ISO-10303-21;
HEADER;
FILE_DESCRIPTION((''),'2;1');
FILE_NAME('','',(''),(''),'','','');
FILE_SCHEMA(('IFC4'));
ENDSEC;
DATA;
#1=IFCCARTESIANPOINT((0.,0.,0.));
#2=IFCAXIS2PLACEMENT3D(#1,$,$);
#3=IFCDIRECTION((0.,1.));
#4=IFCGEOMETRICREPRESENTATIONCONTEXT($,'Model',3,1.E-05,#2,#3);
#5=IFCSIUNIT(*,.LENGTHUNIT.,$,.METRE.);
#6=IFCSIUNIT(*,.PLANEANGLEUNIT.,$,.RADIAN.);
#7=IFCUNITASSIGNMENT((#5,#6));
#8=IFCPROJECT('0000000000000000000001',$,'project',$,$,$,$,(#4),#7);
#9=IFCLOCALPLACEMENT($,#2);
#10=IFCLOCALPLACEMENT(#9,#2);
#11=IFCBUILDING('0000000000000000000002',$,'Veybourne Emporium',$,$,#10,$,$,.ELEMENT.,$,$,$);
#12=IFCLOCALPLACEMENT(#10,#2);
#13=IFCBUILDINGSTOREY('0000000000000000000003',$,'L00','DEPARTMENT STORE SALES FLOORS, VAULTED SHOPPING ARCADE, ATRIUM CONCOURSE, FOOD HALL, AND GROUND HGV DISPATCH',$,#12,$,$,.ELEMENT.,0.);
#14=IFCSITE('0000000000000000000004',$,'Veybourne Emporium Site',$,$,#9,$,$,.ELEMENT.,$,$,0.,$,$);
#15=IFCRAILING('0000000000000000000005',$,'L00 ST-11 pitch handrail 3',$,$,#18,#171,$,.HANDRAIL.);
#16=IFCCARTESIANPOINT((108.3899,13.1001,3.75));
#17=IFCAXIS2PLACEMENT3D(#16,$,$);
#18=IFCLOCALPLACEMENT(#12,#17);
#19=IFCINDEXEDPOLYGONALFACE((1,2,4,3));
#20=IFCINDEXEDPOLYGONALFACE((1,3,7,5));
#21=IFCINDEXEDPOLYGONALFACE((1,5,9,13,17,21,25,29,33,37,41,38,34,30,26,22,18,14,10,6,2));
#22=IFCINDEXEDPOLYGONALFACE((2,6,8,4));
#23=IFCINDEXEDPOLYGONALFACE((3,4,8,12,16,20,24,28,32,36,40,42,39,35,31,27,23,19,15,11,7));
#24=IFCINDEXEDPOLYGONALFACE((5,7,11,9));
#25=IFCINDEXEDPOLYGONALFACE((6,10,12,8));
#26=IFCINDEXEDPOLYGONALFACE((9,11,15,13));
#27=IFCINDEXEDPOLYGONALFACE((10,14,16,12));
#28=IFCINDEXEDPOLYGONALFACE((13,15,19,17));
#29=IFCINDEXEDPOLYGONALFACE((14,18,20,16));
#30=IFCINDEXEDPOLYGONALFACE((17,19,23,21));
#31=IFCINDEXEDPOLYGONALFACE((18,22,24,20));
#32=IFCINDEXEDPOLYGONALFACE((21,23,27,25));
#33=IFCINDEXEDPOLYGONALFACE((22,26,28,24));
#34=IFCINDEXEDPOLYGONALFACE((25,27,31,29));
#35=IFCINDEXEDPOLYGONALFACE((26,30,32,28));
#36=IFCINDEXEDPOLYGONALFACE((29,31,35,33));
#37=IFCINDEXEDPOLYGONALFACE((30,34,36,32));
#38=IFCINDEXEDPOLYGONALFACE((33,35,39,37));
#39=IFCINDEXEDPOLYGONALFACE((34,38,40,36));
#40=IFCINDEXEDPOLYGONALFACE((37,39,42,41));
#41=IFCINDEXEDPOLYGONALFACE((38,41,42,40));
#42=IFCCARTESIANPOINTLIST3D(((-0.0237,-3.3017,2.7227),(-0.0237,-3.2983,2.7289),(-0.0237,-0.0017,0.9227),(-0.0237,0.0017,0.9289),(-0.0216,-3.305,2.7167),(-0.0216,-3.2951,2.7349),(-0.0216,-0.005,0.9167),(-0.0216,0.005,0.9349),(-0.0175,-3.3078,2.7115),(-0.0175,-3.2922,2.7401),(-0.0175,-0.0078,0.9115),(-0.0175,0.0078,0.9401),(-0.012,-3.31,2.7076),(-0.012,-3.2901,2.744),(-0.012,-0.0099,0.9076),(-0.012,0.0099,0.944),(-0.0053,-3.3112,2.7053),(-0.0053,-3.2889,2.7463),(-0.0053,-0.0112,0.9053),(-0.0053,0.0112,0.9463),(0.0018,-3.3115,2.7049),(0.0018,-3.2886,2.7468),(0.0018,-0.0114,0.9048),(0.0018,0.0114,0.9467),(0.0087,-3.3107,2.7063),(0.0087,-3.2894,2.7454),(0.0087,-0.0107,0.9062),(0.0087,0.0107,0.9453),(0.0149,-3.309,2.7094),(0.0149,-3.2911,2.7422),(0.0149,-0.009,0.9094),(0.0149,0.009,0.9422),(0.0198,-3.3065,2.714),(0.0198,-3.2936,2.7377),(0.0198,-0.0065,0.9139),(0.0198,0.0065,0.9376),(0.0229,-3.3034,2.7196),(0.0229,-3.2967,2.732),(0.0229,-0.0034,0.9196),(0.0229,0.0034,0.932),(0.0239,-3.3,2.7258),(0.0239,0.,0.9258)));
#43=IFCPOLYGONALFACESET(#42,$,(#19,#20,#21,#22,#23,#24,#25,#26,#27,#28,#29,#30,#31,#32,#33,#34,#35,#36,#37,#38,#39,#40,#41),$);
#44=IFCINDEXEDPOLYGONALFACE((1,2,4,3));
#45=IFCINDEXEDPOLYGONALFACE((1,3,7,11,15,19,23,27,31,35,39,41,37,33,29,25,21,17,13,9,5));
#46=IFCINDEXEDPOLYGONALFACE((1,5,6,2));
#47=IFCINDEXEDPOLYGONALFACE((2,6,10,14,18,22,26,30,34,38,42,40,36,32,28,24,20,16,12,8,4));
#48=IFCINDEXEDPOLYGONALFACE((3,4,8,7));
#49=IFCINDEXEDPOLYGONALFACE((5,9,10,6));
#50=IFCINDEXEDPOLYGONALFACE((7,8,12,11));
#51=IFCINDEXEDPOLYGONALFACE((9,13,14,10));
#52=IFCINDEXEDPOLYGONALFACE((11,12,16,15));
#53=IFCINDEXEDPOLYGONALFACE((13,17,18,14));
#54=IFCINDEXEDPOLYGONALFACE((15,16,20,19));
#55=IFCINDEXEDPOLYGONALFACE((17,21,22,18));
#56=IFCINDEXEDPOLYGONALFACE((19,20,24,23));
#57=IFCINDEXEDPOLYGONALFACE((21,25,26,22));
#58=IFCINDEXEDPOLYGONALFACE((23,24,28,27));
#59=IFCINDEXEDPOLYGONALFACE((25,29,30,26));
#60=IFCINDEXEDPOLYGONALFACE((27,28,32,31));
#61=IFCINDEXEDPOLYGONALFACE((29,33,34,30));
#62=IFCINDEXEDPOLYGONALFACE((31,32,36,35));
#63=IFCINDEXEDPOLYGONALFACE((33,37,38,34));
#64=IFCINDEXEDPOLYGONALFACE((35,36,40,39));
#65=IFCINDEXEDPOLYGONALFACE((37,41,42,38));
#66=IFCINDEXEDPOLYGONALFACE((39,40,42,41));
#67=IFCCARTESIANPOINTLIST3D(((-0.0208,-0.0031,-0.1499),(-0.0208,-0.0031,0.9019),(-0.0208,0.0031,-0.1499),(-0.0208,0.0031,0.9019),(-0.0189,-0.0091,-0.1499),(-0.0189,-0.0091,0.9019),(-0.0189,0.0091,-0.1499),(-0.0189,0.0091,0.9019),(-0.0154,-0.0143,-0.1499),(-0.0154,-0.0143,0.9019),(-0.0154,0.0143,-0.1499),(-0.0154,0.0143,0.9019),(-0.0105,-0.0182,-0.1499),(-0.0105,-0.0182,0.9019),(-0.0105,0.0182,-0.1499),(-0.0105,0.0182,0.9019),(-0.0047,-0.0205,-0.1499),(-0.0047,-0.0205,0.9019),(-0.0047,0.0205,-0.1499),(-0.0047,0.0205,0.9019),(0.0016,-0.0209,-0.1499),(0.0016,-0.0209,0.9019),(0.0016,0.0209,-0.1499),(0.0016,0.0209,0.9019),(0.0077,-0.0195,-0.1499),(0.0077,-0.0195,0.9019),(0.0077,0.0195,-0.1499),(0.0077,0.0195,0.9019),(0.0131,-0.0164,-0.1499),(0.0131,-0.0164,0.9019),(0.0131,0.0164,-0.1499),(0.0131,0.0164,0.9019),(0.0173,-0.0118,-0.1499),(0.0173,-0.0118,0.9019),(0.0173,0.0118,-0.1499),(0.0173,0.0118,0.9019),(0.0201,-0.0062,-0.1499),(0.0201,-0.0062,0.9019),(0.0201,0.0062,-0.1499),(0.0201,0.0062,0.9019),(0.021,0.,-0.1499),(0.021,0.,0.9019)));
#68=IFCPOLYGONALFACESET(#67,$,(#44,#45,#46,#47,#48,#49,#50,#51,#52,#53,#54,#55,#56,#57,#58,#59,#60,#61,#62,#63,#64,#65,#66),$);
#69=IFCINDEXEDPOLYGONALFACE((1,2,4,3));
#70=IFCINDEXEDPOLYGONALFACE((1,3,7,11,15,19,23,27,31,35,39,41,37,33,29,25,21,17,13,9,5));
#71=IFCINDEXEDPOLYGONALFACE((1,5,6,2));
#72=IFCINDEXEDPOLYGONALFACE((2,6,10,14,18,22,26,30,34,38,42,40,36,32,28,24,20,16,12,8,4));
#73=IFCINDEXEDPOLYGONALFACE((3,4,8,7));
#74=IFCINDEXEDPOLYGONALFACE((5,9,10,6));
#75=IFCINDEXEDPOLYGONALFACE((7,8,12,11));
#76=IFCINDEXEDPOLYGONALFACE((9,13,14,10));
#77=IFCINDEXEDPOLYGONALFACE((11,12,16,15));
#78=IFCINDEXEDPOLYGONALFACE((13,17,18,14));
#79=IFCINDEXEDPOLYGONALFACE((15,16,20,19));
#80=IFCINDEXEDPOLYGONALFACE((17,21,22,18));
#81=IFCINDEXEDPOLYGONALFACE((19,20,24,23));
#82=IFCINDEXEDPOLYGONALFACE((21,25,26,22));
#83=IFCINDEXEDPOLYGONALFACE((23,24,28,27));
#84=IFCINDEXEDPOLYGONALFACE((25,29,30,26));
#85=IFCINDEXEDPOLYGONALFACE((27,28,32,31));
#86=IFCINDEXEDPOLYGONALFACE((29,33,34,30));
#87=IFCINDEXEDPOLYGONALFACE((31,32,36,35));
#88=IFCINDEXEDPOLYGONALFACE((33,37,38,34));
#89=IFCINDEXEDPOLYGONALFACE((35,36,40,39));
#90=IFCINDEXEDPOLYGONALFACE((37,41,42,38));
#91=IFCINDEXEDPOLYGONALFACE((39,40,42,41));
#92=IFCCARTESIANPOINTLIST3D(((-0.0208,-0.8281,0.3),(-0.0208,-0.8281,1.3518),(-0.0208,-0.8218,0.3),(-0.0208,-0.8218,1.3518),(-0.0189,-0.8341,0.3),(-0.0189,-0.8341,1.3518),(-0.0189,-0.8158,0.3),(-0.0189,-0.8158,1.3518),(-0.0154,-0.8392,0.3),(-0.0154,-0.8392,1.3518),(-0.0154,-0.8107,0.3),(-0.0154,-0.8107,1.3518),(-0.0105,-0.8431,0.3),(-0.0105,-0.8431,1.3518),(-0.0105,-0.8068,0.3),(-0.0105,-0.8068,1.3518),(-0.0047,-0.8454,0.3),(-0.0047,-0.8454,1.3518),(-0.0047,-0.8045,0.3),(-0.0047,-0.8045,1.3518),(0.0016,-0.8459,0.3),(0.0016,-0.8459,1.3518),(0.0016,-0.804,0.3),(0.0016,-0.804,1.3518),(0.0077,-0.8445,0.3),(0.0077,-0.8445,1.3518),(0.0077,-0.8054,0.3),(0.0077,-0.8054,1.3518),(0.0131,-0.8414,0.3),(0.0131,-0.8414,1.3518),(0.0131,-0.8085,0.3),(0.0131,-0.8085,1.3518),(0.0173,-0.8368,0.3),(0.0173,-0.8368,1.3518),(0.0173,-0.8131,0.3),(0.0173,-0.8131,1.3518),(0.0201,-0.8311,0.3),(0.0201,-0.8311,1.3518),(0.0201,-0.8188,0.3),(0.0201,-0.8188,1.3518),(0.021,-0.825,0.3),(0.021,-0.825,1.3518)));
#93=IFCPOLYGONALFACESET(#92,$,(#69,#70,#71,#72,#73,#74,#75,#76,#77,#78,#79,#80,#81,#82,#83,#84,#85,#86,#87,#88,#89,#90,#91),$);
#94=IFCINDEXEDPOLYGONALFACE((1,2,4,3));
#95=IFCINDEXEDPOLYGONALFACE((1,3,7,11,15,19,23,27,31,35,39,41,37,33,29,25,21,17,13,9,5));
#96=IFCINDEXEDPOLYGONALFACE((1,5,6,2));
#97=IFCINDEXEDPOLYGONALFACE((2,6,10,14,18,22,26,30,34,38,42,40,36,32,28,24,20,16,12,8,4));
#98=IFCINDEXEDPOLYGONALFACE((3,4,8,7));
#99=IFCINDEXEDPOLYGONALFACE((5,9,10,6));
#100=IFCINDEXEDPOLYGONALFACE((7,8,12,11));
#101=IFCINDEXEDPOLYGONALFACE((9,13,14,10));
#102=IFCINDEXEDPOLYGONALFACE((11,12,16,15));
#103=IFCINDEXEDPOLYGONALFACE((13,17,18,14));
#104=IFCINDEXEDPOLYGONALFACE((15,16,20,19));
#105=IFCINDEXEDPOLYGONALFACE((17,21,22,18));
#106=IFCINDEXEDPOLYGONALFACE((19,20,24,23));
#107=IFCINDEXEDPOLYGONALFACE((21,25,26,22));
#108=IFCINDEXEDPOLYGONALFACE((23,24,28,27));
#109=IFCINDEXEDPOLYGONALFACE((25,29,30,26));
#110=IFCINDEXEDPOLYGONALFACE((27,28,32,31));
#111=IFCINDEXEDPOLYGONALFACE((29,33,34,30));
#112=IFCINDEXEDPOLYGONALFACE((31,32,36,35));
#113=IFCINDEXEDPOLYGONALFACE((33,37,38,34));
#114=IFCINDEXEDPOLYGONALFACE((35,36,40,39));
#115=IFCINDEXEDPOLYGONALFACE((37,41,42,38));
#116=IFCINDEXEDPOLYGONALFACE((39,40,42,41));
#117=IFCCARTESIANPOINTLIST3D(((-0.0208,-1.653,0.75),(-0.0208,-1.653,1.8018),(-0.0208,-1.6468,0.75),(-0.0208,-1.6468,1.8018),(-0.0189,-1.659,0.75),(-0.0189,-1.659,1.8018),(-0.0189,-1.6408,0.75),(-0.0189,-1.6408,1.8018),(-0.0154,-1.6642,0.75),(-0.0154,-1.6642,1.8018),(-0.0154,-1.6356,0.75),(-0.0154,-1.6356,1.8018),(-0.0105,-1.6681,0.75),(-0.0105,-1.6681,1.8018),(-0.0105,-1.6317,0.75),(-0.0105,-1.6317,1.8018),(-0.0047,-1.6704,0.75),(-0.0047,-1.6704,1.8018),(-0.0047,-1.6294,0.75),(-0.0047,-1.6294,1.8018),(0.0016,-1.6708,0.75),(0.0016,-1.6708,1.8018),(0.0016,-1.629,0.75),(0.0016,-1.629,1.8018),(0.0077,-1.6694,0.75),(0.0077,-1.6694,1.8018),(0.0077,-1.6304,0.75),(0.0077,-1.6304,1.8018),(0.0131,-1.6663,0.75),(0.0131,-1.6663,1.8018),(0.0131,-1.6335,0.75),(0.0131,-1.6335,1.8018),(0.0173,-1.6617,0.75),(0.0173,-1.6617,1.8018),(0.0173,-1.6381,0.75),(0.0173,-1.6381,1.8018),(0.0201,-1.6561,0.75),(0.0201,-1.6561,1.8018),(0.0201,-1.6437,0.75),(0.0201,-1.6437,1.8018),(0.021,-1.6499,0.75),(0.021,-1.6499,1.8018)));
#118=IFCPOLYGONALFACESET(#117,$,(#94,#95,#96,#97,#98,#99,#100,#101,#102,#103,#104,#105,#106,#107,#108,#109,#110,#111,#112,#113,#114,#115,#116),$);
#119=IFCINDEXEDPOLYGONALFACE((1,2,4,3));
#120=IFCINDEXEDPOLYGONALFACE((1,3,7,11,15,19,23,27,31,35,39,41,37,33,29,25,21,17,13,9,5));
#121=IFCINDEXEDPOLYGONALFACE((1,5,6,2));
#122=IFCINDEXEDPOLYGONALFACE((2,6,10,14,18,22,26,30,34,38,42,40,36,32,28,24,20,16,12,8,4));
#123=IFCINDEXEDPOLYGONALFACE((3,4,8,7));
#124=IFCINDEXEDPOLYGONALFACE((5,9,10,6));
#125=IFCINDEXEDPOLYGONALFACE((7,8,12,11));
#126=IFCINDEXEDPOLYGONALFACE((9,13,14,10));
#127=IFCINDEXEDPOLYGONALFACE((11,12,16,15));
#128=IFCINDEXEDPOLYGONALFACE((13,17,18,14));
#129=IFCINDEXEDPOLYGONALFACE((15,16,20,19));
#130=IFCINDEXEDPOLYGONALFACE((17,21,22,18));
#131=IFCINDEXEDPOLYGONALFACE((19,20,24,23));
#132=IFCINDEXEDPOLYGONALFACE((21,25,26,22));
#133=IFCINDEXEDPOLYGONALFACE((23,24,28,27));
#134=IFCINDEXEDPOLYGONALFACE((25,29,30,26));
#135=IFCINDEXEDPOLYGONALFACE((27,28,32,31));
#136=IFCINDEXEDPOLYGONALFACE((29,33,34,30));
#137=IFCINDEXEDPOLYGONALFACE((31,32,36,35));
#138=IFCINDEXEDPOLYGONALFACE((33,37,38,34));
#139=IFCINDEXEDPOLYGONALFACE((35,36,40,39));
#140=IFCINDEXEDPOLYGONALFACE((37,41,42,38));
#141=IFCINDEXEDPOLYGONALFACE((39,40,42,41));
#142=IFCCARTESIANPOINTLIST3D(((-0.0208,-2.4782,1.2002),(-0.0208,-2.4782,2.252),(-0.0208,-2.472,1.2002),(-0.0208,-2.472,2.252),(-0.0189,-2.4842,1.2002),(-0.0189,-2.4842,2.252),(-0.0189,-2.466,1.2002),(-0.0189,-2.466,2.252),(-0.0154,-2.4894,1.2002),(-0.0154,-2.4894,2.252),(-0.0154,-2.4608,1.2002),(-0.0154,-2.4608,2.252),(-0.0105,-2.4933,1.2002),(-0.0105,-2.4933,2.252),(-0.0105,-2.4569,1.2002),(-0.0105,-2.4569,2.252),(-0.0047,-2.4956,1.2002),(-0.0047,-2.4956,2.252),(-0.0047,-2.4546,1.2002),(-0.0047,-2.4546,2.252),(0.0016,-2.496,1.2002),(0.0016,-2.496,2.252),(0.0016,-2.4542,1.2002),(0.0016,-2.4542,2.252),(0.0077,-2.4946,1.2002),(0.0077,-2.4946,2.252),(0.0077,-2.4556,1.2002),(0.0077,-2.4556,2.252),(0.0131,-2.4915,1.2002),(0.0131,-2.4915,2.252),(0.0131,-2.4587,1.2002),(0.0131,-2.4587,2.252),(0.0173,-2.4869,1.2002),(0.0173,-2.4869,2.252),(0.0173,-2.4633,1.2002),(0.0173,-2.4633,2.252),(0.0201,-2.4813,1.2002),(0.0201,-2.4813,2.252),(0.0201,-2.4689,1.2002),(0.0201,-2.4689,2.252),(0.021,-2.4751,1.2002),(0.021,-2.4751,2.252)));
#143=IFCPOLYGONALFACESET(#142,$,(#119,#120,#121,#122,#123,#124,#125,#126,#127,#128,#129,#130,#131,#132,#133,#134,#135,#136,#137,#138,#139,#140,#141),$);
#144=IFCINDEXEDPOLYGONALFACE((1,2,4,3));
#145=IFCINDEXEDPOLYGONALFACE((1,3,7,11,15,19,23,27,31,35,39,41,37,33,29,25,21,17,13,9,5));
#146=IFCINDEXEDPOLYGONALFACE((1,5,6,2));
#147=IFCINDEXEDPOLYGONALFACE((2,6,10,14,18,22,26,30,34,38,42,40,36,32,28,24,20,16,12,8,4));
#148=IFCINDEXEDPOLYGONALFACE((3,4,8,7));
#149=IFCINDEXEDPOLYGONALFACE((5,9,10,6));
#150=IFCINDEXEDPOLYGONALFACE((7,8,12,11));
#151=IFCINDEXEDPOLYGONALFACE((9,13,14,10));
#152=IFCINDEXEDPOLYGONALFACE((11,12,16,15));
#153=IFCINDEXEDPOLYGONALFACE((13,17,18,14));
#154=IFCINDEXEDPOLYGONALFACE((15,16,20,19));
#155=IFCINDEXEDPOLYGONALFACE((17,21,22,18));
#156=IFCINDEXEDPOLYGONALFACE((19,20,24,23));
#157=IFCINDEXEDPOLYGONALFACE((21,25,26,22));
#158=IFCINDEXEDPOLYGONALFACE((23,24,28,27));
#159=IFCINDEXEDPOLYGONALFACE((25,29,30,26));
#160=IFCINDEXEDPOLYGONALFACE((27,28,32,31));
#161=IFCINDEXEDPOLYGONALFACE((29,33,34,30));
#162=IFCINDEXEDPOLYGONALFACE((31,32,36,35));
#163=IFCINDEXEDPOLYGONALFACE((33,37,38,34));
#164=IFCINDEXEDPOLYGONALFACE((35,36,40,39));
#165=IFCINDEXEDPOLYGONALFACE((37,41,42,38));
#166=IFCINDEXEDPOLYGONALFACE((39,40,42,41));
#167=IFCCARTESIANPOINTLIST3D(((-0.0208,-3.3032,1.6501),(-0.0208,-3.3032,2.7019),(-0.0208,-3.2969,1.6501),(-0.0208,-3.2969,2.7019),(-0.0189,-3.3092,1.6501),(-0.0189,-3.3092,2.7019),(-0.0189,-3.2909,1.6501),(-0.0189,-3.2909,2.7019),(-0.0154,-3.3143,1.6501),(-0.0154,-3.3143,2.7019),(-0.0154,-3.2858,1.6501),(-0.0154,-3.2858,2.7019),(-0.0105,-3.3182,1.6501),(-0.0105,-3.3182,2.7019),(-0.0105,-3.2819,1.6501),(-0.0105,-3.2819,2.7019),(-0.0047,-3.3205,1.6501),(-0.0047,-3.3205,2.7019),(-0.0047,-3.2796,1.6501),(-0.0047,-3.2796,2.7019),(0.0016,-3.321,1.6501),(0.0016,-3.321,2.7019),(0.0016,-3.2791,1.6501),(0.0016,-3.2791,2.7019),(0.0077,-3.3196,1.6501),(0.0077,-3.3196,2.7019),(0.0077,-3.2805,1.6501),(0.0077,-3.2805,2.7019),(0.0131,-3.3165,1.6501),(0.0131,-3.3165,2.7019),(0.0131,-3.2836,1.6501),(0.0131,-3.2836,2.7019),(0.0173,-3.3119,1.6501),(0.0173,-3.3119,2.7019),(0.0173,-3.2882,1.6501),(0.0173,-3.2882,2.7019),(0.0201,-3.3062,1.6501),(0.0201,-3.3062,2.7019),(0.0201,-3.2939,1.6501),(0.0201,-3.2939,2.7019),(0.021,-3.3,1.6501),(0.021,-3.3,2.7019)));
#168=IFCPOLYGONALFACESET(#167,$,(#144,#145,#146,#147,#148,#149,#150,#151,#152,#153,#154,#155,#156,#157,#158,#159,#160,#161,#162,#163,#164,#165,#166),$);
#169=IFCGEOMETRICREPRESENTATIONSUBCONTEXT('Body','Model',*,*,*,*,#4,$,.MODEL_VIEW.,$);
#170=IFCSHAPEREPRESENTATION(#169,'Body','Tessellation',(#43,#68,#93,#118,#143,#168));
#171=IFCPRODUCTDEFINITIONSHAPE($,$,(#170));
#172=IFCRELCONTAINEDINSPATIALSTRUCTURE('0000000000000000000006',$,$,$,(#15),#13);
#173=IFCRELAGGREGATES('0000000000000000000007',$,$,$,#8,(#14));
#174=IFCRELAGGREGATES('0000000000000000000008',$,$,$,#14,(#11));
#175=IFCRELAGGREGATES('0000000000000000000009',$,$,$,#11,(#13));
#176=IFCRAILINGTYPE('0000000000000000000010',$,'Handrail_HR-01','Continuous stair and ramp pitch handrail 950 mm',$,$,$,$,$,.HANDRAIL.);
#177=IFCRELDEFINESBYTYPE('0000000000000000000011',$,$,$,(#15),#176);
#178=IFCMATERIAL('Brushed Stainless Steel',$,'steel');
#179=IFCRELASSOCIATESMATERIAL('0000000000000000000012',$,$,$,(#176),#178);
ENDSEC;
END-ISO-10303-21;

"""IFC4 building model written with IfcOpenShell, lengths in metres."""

from ifc_helpers import new_model, si_unit, direction, frame, origin, origin_2d, place, context, subcontext, project, spatial, circle, extrude, material, type_object, element, save


model = new_model("IFC4")

# Units and contexts
model_context = context("Model", 3, precision=1e-05, world=origin(), true_north=direction((0.0, 1.0)))
body_context = subcontext(model_context, "Body", "Model", "MODEL_VIEW")
ifc_project = project(units=[si_unit("LENGTHUNIT", "METRE"), si_unit("PLANEANGLEUNIT", "RADIAN")], contexts=[model_context])

# Site, building, storey
site_placement = place(None, origin())
site = spatial("IfcSite", under=ifc_project, at=site_placement, Name="Veybourne Emporium Site", CompositionType="ELEMENT", RefElevation=0.0)
building_placement = place(site_placement, origin())
building = spatial("IfcBuilding", under=site, at=building_placement, Name="Veybourne Emporium", CompositionType="ELEMENT")
storey_placement = place(building_placement, origin())
storey = spatial("IfcBuildingStorey", under=building, at=storey_placement, Name="L00", Description="DEPARTMENT STORE SALES FLOORS, VAULTED SHOPPING ARCADE, ATRIUM CONCOURSE, FOOD HALL, AND GROUND HGV DISPATCH", CompositionType="ELEMENT", Elevation=0.0)

# Railing
ifc_material_1 = material(Name="Brushed Stainless Steel", Category="steel")
railing_type_1 = type_object("IfcRailingType", Name="Handrail_HR-01", Description="Continuous stair and ramp pitch handrail 950 mm", PredefinedType="HANDRAIL", material=ifc_material_1)
railing_1_placement = place(storey_placement, frame((108.3899, 13.1001, 3.75)))
element("IfcRailing", 1, at=railing_1_placement, inside=storey, type_object=railing_type_1, Name="L00 ST-11 pitch handrail 3", PredefinedType="HANDRAIL", context=body_context, shape_type="SweptSolid", body=[
    extrude(circle(Radius=0.0239, at=origin_2d()), frame((0.0, 0.0, 0.9258), z_axis=(0.0, -0.877893, 0.478857), x_axis=(1.0, 0.0, 0.0)), (0.0, 0.0, 1.0), 3.759),
    extrude(circle(Radius=0.021, at=origin_2d()), frame((0.0, 0.0, -0.1499)), (0.0, 0.0, 1.0), 1.0518),
    extrude(circle(Radius=0.021, at=origin_2d()), frame((0.0, -0.825, 0.3)), (0.0, 0.0, 1.0), 1.0518),
    extrude(circle(Radius=0.021, at=origin_2d()), frame((0.0, -1.6499, 0.75)), (0.0, 0.0, 1.0), 1.0518),
    extrude(circle(Radius=0.021, at=origin_2d()), frame((0.0, -2.4751, 1.2002)), (0.0, 0.0, 1.0), 1.0518),
    extrude(circle(Radius=0.021, at=origin_2d()), frame((0.0, -3.3, 1.6501)), (0.0, 0.0, 1.0), 1.0518),
])

save(model, "model.ifc")
